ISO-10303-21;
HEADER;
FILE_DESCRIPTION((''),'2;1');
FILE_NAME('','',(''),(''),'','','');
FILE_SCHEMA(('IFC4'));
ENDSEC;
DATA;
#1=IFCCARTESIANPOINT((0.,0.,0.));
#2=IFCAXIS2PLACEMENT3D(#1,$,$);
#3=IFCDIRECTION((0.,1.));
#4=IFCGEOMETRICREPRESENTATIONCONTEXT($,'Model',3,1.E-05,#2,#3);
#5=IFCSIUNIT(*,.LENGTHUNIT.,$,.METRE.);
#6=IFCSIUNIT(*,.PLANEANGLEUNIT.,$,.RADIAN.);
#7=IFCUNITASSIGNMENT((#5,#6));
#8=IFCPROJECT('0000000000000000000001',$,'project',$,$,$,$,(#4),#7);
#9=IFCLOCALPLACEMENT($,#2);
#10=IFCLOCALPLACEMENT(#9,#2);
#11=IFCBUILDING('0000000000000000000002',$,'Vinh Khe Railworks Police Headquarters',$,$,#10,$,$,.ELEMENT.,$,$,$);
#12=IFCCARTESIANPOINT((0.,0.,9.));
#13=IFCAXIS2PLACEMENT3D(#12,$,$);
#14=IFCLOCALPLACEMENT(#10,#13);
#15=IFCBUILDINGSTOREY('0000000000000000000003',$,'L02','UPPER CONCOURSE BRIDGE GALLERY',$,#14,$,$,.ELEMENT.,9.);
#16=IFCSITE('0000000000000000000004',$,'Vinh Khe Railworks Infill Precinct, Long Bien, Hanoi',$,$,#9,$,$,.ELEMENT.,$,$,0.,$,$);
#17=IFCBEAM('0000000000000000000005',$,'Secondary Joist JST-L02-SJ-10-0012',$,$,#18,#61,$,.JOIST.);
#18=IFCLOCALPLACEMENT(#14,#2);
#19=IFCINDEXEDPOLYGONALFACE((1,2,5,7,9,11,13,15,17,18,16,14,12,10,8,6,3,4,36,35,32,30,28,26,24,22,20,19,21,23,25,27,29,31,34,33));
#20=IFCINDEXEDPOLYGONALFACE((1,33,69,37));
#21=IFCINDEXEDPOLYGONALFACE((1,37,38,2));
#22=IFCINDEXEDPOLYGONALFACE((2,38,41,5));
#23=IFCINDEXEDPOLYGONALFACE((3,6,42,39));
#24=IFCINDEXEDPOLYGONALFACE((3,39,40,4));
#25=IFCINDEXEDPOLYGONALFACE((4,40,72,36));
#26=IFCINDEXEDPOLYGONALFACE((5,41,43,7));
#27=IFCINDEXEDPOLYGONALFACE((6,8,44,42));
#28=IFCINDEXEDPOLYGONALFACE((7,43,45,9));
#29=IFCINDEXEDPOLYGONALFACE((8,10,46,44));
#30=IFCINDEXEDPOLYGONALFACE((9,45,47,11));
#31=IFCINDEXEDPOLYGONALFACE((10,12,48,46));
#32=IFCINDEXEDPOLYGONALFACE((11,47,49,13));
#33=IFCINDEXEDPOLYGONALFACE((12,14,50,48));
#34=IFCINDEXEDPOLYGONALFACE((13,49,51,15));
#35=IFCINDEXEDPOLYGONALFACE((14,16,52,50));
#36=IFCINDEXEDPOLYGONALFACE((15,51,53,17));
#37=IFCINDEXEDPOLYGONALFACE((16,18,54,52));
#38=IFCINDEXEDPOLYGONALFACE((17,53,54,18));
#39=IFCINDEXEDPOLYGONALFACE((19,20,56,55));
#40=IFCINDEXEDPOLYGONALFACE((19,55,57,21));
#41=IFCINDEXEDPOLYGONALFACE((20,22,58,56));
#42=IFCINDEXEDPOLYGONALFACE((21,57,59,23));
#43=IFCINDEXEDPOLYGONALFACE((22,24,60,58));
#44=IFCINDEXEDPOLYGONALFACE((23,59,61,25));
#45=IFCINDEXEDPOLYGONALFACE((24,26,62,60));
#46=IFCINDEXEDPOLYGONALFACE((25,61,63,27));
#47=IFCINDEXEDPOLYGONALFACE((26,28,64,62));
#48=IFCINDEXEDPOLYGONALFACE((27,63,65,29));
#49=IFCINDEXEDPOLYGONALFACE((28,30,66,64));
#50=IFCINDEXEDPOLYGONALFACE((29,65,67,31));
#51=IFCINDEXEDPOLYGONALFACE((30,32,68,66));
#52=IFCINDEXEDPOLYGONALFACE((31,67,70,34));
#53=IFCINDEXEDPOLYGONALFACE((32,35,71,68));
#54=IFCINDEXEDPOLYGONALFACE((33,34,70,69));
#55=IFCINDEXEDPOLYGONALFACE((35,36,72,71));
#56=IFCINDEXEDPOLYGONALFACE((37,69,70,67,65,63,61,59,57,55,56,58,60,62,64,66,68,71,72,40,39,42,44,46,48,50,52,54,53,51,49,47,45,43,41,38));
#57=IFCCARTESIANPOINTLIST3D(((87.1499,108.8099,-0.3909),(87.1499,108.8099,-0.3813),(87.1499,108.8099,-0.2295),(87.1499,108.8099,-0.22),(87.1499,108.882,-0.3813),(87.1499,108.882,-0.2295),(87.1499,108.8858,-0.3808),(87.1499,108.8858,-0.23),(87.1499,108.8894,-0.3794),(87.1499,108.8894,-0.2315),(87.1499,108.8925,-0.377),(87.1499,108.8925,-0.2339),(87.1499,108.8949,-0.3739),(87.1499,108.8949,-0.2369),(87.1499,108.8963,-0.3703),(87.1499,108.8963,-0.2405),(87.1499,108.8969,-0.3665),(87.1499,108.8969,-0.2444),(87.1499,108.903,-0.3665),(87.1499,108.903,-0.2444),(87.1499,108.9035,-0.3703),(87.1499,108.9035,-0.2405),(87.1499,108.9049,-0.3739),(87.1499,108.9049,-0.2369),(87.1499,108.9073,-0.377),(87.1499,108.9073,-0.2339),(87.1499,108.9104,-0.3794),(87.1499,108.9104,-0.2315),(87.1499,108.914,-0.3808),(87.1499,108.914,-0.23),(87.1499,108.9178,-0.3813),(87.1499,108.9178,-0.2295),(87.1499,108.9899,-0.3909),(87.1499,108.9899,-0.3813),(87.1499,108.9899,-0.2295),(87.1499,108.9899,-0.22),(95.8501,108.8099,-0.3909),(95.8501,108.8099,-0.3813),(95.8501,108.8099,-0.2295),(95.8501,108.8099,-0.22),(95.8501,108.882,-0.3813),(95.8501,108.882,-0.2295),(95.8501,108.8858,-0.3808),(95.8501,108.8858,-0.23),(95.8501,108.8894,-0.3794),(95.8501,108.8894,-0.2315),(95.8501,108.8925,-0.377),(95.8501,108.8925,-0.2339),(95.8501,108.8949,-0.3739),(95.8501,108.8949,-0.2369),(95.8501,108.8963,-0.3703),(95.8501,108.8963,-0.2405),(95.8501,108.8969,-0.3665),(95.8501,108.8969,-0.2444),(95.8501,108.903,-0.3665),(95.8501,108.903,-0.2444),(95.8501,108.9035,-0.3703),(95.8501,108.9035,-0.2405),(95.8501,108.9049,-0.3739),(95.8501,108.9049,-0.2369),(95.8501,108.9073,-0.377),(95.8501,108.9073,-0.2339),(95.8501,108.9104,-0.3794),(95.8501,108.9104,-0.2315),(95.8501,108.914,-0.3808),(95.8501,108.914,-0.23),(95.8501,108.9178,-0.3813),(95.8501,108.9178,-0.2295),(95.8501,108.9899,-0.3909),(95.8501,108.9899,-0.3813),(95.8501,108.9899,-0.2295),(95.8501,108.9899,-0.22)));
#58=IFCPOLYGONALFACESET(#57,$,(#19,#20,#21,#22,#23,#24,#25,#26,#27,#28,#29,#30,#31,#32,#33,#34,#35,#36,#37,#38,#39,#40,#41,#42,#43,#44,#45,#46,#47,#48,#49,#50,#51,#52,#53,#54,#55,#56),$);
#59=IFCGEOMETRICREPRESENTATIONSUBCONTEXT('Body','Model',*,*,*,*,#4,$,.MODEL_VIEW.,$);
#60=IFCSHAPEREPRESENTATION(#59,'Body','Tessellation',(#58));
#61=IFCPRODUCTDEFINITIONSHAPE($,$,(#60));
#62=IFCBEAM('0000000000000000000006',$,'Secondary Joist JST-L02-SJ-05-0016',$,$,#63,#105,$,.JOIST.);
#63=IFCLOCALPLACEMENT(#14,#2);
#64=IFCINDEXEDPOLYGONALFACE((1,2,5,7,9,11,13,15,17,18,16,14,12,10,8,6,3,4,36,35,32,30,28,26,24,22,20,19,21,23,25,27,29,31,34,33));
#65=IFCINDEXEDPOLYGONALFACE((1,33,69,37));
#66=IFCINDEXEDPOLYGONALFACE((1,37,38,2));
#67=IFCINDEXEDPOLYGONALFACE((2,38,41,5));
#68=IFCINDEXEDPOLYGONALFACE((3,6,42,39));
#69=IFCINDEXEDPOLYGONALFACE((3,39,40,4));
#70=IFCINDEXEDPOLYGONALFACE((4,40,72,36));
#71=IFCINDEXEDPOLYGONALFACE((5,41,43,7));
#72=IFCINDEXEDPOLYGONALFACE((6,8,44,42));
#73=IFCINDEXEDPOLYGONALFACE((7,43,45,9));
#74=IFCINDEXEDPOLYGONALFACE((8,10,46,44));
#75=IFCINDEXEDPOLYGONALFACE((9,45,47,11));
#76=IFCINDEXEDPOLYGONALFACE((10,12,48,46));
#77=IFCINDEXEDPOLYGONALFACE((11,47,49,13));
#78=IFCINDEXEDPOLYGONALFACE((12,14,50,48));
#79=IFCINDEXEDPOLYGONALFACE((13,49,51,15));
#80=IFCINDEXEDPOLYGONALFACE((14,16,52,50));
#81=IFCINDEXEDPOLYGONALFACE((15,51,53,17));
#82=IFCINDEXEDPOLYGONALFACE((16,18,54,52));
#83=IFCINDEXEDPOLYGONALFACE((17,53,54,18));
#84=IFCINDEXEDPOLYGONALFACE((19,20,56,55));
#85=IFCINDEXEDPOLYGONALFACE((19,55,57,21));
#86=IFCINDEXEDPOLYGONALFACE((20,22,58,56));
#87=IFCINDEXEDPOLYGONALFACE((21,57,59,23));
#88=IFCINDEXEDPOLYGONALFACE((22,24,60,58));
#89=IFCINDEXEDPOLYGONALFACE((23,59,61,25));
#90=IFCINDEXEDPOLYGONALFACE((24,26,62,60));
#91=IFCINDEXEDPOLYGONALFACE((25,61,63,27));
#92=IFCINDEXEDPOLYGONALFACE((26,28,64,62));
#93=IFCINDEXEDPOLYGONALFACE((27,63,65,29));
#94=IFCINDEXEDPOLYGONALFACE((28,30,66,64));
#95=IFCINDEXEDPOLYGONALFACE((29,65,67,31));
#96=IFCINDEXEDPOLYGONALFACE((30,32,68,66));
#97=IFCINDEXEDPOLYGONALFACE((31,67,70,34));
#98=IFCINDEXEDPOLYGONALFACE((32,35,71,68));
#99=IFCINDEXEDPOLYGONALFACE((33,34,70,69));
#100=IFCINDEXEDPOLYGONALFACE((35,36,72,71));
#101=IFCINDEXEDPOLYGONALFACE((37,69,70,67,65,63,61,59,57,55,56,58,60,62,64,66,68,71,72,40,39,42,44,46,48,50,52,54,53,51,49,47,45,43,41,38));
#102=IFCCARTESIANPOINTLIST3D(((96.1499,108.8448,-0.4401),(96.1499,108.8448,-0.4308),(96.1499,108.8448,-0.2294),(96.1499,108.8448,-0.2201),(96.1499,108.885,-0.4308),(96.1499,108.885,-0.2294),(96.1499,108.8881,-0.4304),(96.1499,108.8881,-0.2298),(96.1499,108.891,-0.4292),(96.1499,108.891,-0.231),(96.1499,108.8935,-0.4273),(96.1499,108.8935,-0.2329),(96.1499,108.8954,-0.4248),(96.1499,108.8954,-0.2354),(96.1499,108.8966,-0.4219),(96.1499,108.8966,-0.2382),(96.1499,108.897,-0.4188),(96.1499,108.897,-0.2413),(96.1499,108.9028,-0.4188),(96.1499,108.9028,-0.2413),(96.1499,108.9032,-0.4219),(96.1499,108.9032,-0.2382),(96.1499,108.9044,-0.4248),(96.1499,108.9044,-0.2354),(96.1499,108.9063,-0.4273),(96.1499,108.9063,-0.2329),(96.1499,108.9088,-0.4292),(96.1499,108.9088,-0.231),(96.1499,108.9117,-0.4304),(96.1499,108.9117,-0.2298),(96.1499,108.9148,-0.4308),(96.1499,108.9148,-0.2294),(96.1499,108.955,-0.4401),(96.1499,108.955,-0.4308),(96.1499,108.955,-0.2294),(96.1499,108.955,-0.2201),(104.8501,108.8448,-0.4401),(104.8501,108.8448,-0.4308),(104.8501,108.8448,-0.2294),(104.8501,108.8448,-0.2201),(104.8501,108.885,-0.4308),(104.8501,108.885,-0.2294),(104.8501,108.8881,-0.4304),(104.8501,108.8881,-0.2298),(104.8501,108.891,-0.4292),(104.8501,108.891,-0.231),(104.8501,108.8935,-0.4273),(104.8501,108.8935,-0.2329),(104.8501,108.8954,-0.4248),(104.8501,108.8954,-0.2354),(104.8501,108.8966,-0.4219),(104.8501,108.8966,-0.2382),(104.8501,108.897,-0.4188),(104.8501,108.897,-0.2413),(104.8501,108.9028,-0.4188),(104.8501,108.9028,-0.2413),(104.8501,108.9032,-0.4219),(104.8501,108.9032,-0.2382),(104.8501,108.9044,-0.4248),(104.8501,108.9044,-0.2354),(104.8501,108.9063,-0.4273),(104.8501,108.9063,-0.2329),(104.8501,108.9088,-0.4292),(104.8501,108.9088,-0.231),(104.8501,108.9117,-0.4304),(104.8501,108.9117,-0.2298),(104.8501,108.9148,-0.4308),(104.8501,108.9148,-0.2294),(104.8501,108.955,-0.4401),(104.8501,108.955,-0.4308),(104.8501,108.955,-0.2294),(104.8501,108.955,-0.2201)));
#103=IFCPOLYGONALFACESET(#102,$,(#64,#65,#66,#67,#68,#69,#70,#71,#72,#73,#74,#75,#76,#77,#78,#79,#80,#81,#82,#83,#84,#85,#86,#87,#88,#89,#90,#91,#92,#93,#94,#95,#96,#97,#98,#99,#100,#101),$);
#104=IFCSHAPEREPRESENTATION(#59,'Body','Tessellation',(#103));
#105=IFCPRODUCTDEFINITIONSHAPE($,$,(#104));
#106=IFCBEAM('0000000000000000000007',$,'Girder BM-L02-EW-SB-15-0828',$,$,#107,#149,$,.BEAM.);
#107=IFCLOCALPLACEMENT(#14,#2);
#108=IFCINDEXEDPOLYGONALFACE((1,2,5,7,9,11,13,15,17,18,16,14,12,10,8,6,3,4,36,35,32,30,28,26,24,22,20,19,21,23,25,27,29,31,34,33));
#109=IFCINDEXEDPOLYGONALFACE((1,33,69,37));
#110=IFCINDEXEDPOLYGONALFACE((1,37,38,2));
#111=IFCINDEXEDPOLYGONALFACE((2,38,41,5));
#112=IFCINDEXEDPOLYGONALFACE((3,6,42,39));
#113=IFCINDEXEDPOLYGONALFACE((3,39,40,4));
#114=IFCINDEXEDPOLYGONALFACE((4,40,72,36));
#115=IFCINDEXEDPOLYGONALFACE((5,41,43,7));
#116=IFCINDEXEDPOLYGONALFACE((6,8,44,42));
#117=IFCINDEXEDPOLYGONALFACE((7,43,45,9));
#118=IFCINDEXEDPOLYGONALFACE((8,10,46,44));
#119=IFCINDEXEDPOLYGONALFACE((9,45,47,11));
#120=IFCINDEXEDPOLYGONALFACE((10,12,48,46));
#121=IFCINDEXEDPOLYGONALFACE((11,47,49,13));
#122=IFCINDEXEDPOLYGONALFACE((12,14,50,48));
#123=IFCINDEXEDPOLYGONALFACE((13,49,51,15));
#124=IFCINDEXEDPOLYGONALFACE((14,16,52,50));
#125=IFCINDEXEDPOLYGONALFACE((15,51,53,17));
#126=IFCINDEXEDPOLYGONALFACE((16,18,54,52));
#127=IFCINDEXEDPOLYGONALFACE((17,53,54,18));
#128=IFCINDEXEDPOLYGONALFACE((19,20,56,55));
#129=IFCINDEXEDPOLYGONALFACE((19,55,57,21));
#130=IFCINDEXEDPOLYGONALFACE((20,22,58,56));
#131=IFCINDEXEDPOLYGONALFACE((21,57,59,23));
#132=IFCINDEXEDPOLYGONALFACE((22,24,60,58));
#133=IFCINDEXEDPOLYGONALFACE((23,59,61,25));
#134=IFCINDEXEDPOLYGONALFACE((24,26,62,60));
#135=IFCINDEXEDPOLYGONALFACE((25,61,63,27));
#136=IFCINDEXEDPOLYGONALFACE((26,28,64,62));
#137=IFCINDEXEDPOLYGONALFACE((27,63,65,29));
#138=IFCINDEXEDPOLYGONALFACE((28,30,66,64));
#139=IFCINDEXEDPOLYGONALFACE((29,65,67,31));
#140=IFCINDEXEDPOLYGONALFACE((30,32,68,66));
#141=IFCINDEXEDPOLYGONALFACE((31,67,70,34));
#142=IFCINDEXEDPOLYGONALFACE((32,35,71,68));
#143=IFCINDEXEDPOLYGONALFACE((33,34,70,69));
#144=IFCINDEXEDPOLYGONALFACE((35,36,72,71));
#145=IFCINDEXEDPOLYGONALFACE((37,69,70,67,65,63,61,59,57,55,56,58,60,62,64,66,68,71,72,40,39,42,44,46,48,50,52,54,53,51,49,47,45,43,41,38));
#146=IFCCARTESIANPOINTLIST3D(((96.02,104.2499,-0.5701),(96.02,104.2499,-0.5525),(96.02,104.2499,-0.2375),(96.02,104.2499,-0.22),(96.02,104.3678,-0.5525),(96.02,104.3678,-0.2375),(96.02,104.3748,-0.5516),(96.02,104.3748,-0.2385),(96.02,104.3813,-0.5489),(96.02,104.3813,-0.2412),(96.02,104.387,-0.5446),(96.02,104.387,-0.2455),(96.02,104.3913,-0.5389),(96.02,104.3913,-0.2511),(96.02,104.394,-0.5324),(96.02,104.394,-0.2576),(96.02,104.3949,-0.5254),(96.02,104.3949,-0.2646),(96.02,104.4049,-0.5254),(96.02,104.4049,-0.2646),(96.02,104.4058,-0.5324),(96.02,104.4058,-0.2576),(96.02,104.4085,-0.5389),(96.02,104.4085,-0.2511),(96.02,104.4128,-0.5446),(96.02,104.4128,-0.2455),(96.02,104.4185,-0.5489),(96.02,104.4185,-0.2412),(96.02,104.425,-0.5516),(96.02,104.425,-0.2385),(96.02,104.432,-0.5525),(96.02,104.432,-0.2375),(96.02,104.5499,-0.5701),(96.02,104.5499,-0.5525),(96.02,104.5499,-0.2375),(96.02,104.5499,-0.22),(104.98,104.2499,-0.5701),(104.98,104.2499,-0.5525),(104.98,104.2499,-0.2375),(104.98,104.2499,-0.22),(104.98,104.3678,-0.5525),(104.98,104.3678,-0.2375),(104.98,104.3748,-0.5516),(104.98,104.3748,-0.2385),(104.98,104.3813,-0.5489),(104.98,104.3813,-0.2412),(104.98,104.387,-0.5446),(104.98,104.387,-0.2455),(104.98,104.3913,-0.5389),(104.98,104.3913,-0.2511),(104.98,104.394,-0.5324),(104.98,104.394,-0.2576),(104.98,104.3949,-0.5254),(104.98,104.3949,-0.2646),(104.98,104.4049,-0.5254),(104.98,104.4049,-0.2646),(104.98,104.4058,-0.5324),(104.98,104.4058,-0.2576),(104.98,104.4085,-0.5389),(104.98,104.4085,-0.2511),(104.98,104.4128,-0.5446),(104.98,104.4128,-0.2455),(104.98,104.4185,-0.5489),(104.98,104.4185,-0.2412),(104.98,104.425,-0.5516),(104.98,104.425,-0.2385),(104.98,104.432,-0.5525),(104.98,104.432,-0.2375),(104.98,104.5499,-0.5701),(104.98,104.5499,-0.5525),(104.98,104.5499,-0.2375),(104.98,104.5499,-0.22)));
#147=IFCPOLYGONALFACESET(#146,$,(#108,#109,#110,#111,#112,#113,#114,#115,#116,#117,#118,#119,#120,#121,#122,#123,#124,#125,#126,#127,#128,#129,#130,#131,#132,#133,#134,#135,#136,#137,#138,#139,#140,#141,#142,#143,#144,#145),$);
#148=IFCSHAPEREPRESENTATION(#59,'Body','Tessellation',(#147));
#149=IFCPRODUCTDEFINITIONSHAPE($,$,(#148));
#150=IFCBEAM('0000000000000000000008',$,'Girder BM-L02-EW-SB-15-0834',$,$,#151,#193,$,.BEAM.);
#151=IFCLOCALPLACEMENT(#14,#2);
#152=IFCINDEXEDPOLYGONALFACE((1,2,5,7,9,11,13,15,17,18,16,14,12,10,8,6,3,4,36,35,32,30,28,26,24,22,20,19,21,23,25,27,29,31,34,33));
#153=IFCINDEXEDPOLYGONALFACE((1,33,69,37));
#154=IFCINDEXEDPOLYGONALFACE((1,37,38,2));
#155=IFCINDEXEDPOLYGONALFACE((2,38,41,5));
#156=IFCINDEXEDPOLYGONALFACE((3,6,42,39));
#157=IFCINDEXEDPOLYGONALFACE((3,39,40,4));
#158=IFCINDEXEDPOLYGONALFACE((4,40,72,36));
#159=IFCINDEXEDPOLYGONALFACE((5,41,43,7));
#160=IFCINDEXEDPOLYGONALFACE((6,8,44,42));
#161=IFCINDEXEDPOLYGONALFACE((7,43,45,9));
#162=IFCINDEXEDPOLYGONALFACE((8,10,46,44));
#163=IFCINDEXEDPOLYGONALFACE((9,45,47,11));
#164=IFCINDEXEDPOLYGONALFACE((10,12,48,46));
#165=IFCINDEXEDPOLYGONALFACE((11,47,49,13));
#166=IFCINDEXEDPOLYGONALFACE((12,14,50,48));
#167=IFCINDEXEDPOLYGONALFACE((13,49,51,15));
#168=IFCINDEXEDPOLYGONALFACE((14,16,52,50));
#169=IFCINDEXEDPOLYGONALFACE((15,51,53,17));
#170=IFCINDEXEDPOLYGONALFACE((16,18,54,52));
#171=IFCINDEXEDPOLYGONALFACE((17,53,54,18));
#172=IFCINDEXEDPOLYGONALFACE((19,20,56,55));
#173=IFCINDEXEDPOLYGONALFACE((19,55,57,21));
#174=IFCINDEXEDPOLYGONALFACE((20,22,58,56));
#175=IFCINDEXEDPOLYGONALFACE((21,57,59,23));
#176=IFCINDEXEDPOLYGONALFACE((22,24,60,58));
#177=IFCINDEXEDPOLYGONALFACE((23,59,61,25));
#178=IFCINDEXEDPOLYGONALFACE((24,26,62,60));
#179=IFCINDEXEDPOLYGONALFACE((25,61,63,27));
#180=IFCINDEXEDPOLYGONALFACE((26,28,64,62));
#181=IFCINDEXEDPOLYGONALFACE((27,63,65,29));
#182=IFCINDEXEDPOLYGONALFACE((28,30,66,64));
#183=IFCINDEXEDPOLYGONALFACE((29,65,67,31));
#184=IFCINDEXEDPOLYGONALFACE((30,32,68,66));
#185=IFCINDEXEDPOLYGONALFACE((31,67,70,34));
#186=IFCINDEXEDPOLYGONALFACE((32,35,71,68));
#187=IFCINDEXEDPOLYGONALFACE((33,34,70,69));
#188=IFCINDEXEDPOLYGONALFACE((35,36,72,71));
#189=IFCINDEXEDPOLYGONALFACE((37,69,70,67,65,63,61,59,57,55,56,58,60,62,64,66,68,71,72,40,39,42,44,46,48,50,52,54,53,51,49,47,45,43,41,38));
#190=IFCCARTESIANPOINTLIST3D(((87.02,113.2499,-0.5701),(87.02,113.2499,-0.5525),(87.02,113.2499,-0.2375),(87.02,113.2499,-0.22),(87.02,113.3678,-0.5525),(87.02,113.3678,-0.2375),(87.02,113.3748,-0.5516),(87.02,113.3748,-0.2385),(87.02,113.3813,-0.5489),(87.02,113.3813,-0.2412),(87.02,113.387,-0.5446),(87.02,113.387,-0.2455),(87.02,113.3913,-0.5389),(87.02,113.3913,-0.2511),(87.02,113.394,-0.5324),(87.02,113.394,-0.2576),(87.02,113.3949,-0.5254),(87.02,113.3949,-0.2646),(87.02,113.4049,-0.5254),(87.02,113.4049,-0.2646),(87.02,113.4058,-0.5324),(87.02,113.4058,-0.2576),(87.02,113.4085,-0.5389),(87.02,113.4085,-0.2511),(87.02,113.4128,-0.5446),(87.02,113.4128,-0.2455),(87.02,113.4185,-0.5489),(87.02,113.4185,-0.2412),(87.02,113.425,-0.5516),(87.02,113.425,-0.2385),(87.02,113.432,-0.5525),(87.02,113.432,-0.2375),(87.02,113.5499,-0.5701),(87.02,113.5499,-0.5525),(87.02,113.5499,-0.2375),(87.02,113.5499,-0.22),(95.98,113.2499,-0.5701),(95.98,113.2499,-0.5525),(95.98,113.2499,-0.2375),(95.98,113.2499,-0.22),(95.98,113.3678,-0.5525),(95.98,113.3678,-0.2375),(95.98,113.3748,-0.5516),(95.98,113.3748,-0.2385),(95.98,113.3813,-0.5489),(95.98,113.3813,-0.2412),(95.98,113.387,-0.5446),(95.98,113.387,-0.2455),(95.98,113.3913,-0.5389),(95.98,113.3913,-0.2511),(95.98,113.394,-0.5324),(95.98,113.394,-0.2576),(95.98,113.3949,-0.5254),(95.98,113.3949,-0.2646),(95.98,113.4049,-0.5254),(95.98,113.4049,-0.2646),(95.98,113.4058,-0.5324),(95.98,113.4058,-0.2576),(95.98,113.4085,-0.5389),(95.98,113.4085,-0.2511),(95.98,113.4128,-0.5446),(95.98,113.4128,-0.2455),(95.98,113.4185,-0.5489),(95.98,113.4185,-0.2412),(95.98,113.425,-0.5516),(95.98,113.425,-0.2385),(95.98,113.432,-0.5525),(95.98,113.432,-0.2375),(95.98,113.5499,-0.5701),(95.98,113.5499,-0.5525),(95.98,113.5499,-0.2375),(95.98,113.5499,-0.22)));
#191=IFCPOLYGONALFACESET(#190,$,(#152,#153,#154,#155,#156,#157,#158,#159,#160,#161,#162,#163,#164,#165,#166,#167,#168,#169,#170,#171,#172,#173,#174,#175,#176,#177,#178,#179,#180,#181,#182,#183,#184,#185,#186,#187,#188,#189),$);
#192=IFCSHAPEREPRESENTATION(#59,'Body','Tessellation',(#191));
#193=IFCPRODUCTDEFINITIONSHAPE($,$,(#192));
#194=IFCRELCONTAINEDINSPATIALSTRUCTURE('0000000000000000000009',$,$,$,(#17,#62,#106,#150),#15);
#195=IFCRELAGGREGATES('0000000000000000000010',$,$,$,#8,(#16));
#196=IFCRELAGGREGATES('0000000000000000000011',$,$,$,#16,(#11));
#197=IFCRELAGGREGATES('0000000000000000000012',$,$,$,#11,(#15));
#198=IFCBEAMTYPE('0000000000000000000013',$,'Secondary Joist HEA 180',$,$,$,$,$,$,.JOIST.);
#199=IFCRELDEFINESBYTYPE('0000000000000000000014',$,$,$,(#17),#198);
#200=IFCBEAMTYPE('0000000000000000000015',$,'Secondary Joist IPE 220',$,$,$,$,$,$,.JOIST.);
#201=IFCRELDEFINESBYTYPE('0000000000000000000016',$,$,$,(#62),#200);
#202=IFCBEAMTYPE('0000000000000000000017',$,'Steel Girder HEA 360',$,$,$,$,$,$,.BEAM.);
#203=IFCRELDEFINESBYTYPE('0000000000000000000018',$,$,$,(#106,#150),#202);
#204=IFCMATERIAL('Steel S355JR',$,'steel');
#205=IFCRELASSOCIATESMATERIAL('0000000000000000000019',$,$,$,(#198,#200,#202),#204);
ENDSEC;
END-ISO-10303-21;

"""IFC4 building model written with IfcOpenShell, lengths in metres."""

from ifc_helpers import new_model, si_unit, direction, frame, origin, origin_2d, place, context, subcontext, project, spatial, i_section, extrude, material, material_profile, profile_set, type_object, element, save


model = new_model("IFC4")

# Units and contexts
model_context = context("Model", 3, precision=1e-05, world=origin(), true_north=direction((0.0, 1.0)))
body_context = subcontext(model_context, "Body", "Model", "MODEL_VIEW")
ifc_project = project(units=[si_unit("LENGTHUNIT", "METRE"), si_unit("PLANEANGLEUNIT", "RADIAN")], contexts=[model_context])

# Site, building, storey
site_placement = place(None, origin())
site = spatial("IfcSite", under=ifc_project, at=site_placement, Name="Vinh Khe Railworks Infill Precinct, Long Bien, Hanoi", CompositionType="ELEMENT", RefElevation=0.0)
building_placement = place(site_placement, origin())
building = spatial("IfcBuilding", under=site, at=building_placement, Name="Vinh Khe Railworks Police Headquarters", CompositionType="ELEMENT")
storey_placement = place(building_placement, frame((0.0, 0.0, 9.0)))
storey = spatial("IfcBuildingStorey", under=building, at=storey_placement, Name="L02", Description="UPPER CONCOURSE BRIDGE GALLERY", CompositionType="ELEMENT", Elevation=9.0)

# Shared definitions
ifc_material_1 = material(Name="Steel S355JR", Category="steel")

# Beams
ifc_material_profile_1 = material_profile(ifc_material_1, i_section(OverallWidth=0.1799, OverallDepth=0.1709, WebThickness=0.0061, FlangeThickness=0.0095, FilletRadius=0.0149, at=origin_2d()), Name="HEA 180")
ifc_profile_set_1 = profile_set([ifc_material_profile_1], Name="Steel S355JR")
beam_type_1 = type_object("IfcBeamType", Name="Secondary Joist HEA 180", PredefinedType="JOIST", material=ifc_profile_set_1)
beam_1_placement = place(storey_placement, frame((87.1499, 108.8999, -0.3054), z_axis=(1.0, 0.0, 0.0), x_axis=(0.0, 1.0, 0.0)))
element("IfcBeam", 1, at=beam_1_placement, inside=storey, type_object=beam_type_1, Name="Secondary Joist JST-L02-SJ-10-0012", PredefinedType="JOIST", context=body_context, shape_type="SweptSolid", body=[
    extrude(i_section(OverallWidth=0.1799, OverallDepth=0.1709, WebThickness=0.0061, FlangeThickness=0.0095, FilletRadius=0.0149, at=origin_2d()), origin(), (0.0, 0.0, 1.0), 8.7002),
])
ifc_material_profile_2 = material_profile(ifc_material_1, i_section(OverallWidth=0.1101, OverallDepth=0.22, WebThickness=0.0059, FlangeThickness=0.0093, FilletRadius=0.012, at=origin_2d()), Name="IPE 220")
ifc_profile_set_2 = profile_set([ifc_material_profile_2], Name="Steel S355JR")
beam_type_2 = type_object("IfcBeamType", Name="Secondary Joist IPE 220", PredefinedType="JOIST", material=ifc_profile_set_2)
beam_2_placement = place(storey_placement, frame((96.1499, 108.8999, -0.3301), z_axis=(1.0, 0.0, 0.0), x_axis=(0.0, 1.0, 0.0)))
element("IfcBeam", 2, at=beam_2_placement, inside=storey, type_object=beam_type_2, Name="Secondary Joist JST-L02-SJ-05-0016", PredefinedType="JOIST", context=body_context, shape_type="SweptSolid", body=[
    extrude(i_section(OverallWidth=0.1101, OverallDepth=0.22, WebThickness=0.0059, FlangeThickness=0.0093, FilletRadius=0.012, at=origin_2d()), origin(), (0.0, 0.0, 1.0), 8.7002),
])
ifc_material_profile_3 = material_profile(ifc_material_1, i_section(OverallWidth=0.3, OverallDepth=0.3501, WebThickness=0.01, FlangeThickness=0.0176, FilletRadius=0.0271, at=origin_2d()), Name="HEA 360")
ifc_profile_set_3 = profile_set([ifc_material_profile_3], Name="Steel S355JR")
beam_type_3 = type_object("IfcBeamType", Name="Steel Girder HEA 360", PredefinedType="BEAM", material=ifc_profile_set_3)
for number, where, z_axis, x_axis, name in (
    (3, (96.02, 104.3999, -0.395), (1.0, 0.0, 0.0), (0.0, 1.0, 0.0), "Girder BM-L02-EW-SB-15-0828"),
    (4, (87.02, 113.3999, -0.395), (1.0, 0.0, 0.0), (0.0, 1.0, 0.0), "Girder BM-L02-EW-SB-15-0834"),
):
    element("IfcBeam", number, at=place(storey_placement, frame(where, z_axis=z_axis, x_axis=x_axis)), inside=storey, type_object=beam_type_3, Name=name, PredefinedType="BEAM", context=body_context, shape_type="SweptSolid", body=[
        extrude(i_section(OverallWidth=0.3, OverallDepth=0.3501, WebThickness=0.01, FlangeThickness=0.0176, FilletRadius=0.0271, at=origin_2d()), origin(), (0.0, 0.0, 1.0), 8.96),
    ])

save(model, "model.ifc")
